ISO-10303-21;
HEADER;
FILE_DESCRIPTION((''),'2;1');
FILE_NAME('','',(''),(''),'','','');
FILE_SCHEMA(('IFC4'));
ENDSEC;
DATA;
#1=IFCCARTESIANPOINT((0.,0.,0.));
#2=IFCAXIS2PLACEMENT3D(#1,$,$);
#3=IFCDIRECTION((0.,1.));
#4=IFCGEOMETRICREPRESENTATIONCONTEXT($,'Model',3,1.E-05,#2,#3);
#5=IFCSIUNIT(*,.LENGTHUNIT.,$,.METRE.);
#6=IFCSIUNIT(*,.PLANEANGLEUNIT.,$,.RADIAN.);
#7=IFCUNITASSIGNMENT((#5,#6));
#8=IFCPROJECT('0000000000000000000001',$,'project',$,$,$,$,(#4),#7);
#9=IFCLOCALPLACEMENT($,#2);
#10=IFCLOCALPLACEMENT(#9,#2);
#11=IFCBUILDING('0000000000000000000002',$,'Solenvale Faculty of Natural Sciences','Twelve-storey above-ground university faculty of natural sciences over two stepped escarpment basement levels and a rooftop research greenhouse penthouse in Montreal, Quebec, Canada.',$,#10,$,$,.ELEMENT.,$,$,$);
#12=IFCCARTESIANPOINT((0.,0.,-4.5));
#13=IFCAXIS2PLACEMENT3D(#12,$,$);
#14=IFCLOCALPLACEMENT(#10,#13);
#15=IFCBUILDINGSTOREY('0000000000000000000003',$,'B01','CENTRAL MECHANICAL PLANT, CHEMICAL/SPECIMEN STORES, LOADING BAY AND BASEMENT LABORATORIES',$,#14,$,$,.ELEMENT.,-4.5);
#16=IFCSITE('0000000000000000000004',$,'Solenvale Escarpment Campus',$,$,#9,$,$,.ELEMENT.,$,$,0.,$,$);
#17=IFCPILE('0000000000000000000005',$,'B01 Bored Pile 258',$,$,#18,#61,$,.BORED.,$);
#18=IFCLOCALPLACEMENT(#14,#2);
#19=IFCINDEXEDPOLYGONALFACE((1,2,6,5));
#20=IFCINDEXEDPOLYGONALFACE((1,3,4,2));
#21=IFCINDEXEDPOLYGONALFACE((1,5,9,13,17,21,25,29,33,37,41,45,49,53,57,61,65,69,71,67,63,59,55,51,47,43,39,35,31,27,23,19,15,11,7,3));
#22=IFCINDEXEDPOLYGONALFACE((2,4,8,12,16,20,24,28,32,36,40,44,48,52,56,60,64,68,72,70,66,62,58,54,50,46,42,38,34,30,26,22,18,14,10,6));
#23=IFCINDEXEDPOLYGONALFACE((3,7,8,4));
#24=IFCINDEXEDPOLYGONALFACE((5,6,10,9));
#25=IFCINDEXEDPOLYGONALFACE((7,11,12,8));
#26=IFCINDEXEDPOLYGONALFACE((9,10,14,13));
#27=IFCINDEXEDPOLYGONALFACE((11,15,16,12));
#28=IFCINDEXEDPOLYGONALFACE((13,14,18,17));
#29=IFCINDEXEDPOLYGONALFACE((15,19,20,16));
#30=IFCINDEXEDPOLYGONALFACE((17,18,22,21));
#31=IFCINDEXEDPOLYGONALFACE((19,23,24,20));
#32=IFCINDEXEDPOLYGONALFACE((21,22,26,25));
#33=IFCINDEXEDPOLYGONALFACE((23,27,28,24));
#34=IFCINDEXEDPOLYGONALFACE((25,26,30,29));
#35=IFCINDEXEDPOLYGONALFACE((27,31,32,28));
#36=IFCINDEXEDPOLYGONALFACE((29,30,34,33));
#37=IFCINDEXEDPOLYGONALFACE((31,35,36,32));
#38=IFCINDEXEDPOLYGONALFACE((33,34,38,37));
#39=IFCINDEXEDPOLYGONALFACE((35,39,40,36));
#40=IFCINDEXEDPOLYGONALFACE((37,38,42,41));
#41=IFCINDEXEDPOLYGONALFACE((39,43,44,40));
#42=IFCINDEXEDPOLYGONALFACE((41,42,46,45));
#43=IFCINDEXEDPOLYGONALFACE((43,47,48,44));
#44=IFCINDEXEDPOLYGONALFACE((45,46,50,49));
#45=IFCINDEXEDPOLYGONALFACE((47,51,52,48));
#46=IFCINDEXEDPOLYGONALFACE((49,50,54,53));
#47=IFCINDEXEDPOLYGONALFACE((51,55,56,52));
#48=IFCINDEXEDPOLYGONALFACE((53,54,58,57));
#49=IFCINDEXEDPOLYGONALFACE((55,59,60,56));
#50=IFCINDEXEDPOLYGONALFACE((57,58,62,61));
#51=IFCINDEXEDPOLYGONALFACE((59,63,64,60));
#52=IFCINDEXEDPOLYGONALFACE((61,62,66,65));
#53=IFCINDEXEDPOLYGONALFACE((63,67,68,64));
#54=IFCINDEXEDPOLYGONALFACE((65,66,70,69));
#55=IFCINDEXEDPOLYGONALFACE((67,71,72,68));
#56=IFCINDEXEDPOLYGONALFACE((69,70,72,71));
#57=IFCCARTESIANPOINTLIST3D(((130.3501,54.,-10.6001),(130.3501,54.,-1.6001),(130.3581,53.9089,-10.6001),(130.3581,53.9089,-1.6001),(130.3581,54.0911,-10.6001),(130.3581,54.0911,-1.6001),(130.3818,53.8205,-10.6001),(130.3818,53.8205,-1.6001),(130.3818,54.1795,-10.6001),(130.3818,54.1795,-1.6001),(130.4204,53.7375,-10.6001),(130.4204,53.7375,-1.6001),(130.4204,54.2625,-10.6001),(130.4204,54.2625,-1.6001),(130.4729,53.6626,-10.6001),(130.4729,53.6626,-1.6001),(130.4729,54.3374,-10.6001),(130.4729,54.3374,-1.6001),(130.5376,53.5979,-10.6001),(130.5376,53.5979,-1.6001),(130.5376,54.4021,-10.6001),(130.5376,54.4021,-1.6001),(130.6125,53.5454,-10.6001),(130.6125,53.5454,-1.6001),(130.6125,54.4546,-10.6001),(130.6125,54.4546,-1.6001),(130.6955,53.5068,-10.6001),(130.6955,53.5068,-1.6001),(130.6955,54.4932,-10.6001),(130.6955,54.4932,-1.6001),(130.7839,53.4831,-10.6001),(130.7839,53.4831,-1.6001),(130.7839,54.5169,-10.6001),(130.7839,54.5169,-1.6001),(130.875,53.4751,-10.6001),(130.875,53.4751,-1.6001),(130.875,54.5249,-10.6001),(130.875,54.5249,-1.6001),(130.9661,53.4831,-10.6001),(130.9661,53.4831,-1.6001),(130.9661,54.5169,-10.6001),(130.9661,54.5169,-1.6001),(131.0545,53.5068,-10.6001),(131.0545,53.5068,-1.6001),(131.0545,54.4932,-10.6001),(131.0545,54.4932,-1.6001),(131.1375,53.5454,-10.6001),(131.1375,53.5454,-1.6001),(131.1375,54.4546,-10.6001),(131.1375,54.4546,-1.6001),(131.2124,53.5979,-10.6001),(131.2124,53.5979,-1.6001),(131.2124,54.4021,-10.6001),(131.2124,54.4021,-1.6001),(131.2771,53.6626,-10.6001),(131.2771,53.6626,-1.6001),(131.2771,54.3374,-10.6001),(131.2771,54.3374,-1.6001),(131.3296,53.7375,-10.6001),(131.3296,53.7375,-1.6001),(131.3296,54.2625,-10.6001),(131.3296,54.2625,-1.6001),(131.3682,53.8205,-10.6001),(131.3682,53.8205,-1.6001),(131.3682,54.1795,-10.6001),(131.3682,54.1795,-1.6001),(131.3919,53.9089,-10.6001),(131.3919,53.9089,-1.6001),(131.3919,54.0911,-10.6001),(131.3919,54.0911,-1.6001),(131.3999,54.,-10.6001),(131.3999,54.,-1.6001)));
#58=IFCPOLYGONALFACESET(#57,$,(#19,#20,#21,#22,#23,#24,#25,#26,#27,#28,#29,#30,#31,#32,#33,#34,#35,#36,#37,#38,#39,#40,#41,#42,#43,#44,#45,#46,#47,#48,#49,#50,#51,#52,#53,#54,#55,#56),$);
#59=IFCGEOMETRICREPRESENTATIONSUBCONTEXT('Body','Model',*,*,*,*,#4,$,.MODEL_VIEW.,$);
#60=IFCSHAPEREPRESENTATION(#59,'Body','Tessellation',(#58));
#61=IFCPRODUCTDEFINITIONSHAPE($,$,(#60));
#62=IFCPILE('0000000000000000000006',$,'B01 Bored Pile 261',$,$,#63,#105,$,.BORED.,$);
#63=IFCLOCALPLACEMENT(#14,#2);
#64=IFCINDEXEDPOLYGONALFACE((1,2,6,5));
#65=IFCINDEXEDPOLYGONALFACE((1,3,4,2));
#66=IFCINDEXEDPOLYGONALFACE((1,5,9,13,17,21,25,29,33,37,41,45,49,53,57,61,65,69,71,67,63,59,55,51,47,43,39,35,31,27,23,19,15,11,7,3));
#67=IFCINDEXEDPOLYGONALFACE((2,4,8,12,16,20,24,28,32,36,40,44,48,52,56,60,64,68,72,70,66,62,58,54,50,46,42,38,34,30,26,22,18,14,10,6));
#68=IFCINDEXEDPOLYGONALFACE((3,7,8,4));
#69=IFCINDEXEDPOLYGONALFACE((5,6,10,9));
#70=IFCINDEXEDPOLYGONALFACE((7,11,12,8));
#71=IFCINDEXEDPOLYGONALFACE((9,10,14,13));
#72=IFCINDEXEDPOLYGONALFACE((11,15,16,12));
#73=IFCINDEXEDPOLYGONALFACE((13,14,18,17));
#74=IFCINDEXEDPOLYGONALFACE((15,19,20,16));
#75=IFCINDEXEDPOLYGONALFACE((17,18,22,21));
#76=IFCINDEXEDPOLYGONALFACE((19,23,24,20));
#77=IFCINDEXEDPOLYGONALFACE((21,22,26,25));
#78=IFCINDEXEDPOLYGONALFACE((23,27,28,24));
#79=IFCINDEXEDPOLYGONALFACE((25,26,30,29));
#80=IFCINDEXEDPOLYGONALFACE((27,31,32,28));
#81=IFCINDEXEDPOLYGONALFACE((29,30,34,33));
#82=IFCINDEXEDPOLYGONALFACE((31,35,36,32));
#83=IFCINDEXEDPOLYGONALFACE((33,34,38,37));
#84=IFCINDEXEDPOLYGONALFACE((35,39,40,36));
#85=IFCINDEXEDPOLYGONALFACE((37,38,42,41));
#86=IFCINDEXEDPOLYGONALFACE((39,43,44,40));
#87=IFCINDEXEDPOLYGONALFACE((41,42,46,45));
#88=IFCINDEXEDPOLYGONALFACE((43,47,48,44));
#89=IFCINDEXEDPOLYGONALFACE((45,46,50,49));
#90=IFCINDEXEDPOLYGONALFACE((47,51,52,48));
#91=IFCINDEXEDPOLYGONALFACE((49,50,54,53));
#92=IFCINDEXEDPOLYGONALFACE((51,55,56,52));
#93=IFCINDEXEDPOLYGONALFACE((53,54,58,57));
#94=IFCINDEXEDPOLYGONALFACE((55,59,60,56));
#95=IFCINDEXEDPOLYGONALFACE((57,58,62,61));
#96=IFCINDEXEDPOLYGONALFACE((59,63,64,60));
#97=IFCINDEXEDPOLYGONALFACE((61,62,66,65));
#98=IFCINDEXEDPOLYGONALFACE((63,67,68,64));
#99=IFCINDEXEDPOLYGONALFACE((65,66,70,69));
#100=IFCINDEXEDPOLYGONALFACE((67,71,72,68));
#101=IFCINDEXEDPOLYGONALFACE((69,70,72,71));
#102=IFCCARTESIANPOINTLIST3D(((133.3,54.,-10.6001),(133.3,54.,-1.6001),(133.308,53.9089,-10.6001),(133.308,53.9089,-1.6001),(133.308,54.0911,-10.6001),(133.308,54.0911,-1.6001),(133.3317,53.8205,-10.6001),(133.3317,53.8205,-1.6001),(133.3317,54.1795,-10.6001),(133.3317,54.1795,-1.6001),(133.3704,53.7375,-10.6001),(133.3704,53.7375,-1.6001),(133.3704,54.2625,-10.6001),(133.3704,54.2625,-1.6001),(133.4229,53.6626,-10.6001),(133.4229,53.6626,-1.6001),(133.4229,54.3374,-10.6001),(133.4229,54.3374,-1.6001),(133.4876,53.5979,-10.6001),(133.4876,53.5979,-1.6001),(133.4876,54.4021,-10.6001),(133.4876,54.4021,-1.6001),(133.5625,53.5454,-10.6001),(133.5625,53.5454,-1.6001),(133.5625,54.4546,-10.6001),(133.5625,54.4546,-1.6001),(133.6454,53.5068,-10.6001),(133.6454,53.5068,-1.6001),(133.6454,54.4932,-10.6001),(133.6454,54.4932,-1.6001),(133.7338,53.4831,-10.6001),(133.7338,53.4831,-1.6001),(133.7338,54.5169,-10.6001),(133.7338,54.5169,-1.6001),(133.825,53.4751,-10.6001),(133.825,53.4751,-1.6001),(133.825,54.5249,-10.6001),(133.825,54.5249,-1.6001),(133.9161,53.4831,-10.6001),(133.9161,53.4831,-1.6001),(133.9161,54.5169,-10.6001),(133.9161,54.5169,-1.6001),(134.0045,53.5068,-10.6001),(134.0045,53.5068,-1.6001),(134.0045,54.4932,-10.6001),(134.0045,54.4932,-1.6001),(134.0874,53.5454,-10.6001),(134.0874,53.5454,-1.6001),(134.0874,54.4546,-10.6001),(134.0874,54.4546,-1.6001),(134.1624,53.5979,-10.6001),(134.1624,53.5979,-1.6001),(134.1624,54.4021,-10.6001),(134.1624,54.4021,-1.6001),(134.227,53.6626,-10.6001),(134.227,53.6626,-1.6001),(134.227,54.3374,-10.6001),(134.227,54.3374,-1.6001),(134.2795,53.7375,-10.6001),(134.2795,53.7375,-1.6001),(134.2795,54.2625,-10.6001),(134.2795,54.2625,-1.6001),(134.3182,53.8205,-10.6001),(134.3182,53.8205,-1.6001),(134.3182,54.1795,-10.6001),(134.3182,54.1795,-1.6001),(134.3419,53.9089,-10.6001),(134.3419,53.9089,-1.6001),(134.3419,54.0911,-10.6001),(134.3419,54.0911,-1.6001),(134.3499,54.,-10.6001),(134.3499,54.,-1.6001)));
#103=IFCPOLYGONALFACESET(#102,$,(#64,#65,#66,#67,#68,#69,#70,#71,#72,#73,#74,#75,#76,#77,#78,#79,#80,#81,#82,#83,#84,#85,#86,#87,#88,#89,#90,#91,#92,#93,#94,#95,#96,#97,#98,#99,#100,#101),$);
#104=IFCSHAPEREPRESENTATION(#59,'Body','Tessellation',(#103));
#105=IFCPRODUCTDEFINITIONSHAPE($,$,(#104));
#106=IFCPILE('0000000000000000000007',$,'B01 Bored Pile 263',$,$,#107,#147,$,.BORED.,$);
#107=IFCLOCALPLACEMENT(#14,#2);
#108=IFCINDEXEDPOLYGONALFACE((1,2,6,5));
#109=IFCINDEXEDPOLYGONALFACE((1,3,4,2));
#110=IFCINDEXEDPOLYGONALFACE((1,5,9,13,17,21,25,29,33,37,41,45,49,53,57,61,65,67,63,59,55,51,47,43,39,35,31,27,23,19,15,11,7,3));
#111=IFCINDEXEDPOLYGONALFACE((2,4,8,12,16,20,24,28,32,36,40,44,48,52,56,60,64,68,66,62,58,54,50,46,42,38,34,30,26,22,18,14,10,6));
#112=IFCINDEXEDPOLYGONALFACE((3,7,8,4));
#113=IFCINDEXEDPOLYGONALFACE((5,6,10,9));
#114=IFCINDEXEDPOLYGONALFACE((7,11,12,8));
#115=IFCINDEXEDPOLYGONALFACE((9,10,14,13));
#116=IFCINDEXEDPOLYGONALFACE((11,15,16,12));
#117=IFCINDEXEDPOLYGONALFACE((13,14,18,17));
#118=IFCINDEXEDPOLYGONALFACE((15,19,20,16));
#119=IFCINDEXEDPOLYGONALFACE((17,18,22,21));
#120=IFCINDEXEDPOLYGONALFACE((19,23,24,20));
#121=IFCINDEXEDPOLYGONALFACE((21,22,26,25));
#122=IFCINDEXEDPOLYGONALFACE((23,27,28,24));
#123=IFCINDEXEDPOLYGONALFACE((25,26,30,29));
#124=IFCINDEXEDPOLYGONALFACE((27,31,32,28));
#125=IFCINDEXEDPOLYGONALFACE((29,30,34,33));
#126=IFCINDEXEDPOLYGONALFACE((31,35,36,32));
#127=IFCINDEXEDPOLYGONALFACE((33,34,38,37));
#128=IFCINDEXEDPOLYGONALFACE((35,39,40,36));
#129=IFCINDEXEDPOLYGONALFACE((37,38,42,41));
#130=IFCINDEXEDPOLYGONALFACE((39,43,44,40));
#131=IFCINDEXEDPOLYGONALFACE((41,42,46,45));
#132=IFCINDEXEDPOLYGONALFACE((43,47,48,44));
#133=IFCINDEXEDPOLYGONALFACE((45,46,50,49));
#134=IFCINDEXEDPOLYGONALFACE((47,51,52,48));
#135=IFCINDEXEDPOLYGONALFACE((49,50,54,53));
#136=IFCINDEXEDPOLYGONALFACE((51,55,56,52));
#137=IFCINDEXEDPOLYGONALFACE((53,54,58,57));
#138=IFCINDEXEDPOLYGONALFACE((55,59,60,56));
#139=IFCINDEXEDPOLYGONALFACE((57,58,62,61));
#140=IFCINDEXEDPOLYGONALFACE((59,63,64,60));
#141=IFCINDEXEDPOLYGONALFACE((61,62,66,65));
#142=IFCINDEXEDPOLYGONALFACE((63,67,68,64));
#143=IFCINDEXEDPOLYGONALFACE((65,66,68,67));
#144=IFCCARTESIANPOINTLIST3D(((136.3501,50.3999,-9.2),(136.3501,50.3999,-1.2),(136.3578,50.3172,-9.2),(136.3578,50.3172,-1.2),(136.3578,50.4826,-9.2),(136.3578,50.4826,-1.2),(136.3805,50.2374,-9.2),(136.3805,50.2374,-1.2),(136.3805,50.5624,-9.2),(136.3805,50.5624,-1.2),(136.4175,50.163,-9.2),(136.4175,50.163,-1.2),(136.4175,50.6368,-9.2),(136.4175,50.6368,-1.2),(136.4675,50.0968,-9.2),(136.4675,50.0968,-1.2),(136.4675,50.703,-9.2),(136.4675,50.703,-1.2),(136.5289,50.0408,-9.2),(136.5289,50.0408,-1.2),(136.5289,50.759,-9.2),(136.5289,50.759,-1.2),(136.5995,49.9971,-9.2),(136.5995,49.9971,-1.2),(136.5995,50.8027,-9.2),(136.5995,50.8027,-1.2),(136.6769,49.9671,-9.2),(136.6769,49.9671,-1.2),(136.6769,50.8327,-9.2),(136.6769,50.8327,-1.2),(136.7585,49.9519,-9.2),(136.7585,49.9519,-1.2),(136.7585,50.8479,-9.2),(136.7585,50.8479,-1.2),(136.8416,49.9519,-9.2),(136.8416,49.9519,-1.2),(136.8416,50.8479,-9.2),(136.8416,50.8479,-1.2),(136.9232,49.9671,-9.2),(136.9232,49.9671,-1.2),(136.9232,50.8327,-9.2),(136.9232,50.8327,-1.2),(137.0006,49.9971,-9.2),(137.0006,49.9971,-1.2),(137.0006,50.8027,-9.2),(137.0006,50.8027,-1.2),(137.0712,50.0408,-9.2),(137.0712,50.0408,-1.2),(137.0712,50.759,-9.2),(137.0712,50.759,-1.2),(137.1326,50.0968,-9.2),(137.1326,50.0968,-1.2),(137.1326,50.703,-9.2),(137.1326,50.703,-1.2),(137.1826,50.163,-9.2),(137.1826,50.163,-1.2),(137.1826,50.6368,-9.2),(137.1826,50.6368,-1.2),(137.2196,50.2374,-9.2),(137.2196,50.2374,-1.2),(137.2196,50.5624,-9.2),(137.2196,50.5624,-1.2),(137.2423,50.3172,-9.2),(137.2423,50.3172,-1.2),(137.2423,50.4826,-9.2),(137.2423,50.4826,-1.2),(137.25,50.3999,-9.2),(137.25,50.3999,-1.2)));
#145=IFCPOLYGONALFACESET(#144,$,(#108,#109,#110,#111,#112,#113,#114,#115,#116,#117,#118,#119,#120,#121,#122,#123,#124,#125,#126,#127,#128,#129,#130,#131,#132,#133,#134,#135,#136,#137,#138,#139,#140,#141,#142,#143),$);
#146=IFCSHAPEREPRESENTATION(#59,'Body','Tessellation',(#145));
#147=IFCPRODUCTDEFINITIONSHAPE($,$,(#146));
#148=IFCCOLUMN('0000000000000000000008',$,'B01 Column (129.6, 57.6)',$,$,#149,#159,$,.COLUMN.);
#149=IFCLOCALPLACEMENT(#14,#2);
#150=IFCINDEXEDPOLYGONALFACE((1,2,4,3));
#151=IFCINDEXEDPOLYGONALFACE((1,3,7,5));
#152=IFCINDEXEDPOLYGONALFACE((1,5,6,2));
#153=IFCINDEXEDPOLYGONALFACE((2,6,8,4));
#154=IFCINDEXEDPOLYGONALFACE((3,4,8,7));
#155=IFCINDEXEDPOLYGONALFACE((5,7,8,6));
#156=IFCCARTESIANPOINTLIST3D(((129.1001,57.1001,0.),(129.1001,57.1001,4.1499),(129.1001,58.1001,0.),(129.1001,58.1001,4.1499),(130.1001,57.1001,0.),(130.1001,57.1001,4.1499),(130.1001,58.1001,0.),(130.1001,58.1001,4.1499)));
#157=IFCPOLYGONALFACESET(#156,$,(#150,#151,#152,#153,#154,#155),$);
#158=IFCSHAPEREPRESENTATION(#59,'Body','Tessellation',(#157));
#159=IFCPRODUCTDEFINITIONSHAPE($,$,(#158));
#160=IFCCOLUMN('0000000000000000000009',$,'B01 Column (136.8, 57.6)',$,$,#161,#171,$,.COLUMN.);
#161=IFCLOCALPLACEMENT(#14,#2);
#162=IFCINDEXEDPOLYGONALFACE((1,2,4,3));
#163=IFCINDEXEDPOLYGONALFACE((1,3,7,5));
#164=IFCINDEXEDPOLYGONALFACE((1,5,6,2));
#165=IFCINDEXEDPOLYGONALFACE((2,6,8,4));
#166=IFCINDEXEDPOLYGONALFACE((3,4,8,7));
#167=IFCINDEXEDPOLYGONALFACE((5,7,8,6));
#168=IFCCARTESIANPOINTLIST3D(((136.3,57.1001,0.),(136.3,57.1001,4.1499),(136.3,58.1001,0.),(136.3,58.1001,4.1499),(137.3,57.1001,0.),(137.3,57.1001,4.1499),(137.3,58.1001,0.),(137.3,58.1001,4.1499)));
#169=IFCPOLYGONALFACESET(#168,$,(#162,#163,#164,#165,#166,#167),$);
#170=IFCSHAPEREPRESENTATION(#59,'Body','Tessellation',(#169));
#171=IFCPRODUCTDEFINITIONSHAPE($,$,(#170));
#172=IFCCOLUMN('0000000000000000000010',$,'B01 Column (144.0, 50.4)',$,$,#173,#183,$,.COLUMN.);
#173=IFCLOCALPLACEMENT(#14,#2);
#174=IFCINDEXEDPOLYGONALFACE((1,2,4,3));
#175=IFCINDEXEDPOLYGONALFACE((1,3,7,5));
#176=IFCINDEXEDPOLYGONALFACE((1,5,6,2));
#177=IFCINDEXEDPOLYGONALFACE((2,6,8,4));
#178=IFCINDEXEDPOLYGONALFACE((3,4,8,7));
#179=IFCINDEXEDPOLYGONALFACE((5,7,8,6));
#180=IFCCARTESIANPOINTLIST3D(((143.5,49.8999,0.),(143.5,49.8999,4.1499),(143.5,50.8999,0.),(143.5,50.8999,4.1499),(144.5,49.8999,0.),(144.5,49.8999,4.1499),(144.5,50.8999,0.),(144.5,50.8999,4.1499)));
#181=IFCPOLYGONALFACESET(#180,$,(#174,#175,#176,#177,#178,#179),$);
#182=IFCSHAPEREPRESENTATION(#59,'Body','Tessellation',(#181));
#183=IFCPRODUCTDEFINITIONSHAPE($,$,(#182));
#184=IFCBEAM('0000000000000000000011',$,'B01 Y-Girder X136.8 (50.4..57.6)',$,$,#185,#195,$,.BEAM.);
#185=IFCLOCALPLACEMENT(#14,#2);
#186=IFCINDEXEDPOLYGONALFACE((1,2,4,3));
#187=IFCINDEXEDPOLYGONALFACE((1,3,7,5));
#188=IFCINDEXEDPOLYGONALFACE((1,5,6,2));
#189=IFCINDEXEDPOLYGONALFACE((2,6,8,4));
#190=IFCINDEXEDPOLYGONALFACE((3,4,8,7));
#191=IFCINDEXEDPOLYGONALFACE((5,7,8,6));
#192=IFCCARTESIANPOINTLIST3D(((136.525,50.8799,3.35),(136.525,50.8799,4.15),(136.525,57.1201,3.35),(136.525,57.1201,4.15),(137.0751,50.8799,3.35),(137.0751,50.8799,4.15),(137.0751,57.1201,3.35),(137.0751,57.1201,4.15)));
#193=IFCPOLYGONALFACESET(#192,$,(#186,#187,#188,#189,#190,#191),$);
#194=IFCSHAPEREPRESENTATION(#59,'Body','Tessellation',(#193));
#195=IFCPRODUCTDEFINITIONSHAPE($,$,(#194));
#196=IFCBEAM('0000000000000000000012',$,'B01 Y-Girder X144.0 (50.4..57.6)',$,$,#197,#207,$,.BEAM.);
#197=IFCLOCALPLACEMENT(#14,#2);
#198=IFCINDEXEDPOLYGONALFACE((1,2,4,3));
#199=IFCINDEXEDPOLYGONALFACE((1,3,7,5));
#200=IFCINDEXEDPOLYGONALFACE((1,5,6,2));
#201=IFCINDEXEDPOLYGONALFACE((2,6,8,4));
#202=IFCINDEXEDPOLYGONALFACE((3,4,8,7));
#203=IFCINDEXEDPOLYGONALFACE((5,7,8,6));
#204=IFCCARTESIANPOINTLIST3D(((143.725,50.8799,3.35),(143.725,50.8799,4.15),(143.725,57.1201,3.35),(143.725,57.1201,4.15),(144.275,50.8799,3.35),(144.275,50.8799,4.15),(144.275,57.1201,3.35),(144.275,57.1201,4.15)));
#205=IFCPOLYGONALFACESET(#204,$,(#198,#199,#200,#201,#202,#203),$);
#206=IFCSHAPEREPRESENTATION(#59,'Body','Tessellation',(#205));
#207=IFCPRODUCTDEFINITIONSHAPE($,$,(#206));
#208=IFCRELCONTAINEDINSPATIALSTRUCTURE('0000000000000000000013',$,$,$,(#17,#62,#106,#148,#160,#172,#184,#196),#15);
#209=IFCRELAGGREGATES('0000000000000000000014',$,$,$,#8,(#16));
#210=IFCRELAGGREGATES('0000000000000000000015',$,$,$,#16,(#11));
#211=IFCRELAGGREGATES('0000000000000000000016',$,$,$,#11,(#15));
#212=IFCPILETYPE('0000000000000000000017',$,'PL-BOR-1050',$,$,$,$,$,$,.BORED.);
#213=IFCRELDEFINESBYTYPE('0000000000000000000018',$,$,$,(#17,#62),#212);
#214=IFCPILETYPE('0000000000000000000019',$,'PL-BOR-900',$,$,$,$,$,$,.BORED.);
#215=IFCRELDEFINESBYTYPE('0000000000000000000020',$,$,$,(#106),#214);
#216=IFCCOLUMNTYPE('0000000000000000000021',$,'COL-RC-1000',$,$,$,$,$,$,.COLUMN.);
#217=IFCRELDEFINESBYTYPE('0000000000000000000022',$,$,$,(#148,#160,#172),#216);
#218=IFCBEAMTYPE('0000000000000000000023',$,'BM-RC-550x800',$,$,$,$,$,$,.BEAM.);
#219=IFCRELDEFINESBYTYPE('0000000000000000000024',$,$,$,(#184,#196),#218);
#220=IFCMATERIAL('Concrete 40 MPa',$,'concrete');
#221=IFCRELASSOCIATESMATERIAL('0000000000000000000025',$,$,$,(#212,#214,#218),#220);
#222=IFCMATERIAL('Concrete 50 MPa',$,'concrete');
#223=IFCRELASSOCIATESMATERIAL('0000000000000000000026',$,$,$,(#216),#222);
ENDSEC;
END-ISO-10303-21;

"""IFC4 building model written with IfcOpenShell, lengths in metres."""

from ifc_helpers import new_model, si_unit, direction, frame, origin, origin_2d, place, context, subcontext, project, spatial, rectangle, circle, extrude, material, material_profile, profile_set, type_object, element, save


model = new_model("IFC4")

# Units and contexts
model_context = context("Model", 3, precision=1e-05, world=origin(), true_north=direction((0.0, 1.0)))
body_context = subcontext(model_context, "Body", "Model", "MODEL_VIEW")
ifc_project = project(units=[si_unit("LENGTHUNIT", "METRE"), si_unit("PLANEANGLEUNIT", "RADIAN")], contexts=[model_context])

# Site, building, storey
site_placement = place(None, origin())
site = spatial("IfcSite", under=ifc_project, at=site_placement, Name="Solenvale Escarpment Campus", CompositionType="ELEMENT", RefElevation=0.0)
building_placement = place(site_placement, origin())
building = spatial("IfcBuilding", under=site, at=building_placement, Name="Solenvale Faculty of Natural Sciences", Description="Twelve-storey above-ground university faculty of natural sciences over two stepped escarpment basement levels and a rooftop research greenhouse penthouse in Montreal, Quebec, Canada.", CompositionType="ELEMENT")
storey_placement = place(building_placement, frame((0.0, 0.0, -4.5)))
storey = spatial("IfcBuildingStorey", under=building, at=storey_placement, Name="B01", Description="CENTRAL MECHANICAL PLANT, CHEMICAL/SPECIMEN STORES, LOADING BAY AND BASEMENT LABORATORIES", CompositionType="ELEMENT", Elevation=-4.5)

# Shared definitions
ifc_material_1 = material(Name="Concrete 40 MPa", Category="concrete")

# Piles
ifc_material_profile_1 = material_profile(ifc_material_1, circle(Radius=0.5249, at=origin_2d()), Name="PILE-D1050")
ifc_profile_set_1 = profile_set([ifc_material_profile_1], Name="Concrete 40 MPa")
pile_type_1 = type_object("IfcPileType", Name="PL-BOR-1050", PredefinedType="BORED", material=ifc_profile_set_1)
for number, where, z_axis, x_axis, name in (
    (1, (130.875, 54.0, -1.6001), (0.0, 0.0, -1.0), (1.0, 0.0, 0.0), "B01 Bored Pile 258"),
    (2, (133.825, 54.0, -1.6001), (0.0, 0.0, -1.0), (1.0, 0.0, 0.0), "B01 Bored Pile 261"),
):
    element("IfcPile", number, at=place(storey_placement, frame(where, z_axis=z_axis, x_axis=x_axis)), inside=storey, type_object=pile_type_1, Name=name, PredefinedType="BORED", context=body_context, shape_type="SweptSolid", body=[
        extrude(circle(Radius=0.5249, at=origin_2d()), origin(), (0.0, 0.0, 1.0), 9.0),
    ])
ifc_material_profile_2 = material_profile(ifc_material_1, circle(Radius=0.45, at=origin_2d()), Name="PILE-D900")
ifc_profile_set_2 = profile_set([ifc_material_profile_2], Name="Concrete 40 MPa")
pile_type_2 = type_object("IfcPileType", Name="PL-BOR-900", PredefinedType="BORED", material=ifc_profile_set_2)
pile_placement = place(storey_placement, frame((136.8, 50.3999, -1.2), z_axis=(0.0, 0.0, -1.0), x_axis=(1.0, 0.0, 0.0)))
element("IfcPile", 3, at=pile_placement, inside=storey, type_object=pile_type_2, Name="B01 Bored Pile 263", PredefinedType="BORED", context=body_context, shape_type="SweptSolid", body=[
    extrude(circle(Radius=0.45, at=origin_2d()), origin(), (0.0, 0.0, 1.0), 8.0),
])

# Columns
ifc_material_2 = material(Name="Concrete 50 MPa", Category="concrete")
ifc_material_profile_3 = material_profile(ifc_material_2, rectangle(XDim=1.0, YDim=1.0, at=origin_2d()), Name="RC-COL-1000x1000")
ifc_profile_set_3 = profile_set([ifc_material_profile_3], Name="Concrete 50 MPa")
column_type = type_object("IfcColumnType", Name="COL-RC-1000", PredefinedType="COLUMN", material=ifc_profile_set_3)
for number, where, z_axis, x_axis, name in (
    (4, (129.6001, 57.6001, 0.0), (0.0, 0.0, 1.0), (1.0, 0.0, 0.0), "B01 Column (129.6, 57.6)"),
    (5, (136.8, 57.6001, 0.0), (0.0, 0.0, 1.0), (1.0, 0.0, 0.0), "B01 Column (136.8, 57.6)"),
    (6, (144.0, 50.3999, 0.0), (0.0, 0.0, 1.0), (1.0, 0.0, 0.0), "B01 Column (144.0, 50.4)"),
):
    element("IfcColumn", number, at=place(storey_placement, frame(where, z_axis=z_axis, x_axis=x_axis)), inside=storey, type_object=column_type, Name=name, PredefinedType="COLUMN", context=body_context, shape_type="SweptSolid", body=[
        extrude(rectangle(XDim=1.0, YDim=1.0, at=origin_2d()), origin(), (0.0, 0.0, 1.0), 4.1499),
    ])

# Beams
ifc_material_profile_4 = material_profile(ifc_material_1, rectangle(XDim=0.55, YDim=0.8, at=origin_2d()), Name="RC-BM-550x800")
ifc_profile_set_4 = profile_set([ifc_material_profile_4], Name="Concrete 40 MPa")
beam_type_1 = type_object("IfcBeamType", Name="BM-RC-550x800", PredefinedType="BEAM", material=ifc_profile_set_4)
for number, where, z_axis, x_axis, name in (
    (7, (136.8, 50.8799, 3.75), (0.0, 1.0, 0.0), (-1.0, 0.0, 0.0), "B01 Y-Girder X136.8 (50.4..57.6)"),
    (8, (144.0, 50.8799, 3.75), (0.0, 1.0, 0.0), (-1.0, 0.0, 0.0), "B01 Y-Girder X144.0 (50.4..57.6)"),
):
    element("IfcBeam", number, at=place(storey_placement, frame(where, z_axis=z_axis, x_axis=x_axis)), inside=storey, type_object=beam_type_1, Name=name, PredefinedType="BEAM", context=body_context, shape_type="SweptSolid", body=[
        extrude(rectangle(XDim=0.55, YDim=0.8, at=origin_2d()), origin(), (0.0, 0.0, 1.0), 6.2402),
    ])

save(model, "model.ifc")
